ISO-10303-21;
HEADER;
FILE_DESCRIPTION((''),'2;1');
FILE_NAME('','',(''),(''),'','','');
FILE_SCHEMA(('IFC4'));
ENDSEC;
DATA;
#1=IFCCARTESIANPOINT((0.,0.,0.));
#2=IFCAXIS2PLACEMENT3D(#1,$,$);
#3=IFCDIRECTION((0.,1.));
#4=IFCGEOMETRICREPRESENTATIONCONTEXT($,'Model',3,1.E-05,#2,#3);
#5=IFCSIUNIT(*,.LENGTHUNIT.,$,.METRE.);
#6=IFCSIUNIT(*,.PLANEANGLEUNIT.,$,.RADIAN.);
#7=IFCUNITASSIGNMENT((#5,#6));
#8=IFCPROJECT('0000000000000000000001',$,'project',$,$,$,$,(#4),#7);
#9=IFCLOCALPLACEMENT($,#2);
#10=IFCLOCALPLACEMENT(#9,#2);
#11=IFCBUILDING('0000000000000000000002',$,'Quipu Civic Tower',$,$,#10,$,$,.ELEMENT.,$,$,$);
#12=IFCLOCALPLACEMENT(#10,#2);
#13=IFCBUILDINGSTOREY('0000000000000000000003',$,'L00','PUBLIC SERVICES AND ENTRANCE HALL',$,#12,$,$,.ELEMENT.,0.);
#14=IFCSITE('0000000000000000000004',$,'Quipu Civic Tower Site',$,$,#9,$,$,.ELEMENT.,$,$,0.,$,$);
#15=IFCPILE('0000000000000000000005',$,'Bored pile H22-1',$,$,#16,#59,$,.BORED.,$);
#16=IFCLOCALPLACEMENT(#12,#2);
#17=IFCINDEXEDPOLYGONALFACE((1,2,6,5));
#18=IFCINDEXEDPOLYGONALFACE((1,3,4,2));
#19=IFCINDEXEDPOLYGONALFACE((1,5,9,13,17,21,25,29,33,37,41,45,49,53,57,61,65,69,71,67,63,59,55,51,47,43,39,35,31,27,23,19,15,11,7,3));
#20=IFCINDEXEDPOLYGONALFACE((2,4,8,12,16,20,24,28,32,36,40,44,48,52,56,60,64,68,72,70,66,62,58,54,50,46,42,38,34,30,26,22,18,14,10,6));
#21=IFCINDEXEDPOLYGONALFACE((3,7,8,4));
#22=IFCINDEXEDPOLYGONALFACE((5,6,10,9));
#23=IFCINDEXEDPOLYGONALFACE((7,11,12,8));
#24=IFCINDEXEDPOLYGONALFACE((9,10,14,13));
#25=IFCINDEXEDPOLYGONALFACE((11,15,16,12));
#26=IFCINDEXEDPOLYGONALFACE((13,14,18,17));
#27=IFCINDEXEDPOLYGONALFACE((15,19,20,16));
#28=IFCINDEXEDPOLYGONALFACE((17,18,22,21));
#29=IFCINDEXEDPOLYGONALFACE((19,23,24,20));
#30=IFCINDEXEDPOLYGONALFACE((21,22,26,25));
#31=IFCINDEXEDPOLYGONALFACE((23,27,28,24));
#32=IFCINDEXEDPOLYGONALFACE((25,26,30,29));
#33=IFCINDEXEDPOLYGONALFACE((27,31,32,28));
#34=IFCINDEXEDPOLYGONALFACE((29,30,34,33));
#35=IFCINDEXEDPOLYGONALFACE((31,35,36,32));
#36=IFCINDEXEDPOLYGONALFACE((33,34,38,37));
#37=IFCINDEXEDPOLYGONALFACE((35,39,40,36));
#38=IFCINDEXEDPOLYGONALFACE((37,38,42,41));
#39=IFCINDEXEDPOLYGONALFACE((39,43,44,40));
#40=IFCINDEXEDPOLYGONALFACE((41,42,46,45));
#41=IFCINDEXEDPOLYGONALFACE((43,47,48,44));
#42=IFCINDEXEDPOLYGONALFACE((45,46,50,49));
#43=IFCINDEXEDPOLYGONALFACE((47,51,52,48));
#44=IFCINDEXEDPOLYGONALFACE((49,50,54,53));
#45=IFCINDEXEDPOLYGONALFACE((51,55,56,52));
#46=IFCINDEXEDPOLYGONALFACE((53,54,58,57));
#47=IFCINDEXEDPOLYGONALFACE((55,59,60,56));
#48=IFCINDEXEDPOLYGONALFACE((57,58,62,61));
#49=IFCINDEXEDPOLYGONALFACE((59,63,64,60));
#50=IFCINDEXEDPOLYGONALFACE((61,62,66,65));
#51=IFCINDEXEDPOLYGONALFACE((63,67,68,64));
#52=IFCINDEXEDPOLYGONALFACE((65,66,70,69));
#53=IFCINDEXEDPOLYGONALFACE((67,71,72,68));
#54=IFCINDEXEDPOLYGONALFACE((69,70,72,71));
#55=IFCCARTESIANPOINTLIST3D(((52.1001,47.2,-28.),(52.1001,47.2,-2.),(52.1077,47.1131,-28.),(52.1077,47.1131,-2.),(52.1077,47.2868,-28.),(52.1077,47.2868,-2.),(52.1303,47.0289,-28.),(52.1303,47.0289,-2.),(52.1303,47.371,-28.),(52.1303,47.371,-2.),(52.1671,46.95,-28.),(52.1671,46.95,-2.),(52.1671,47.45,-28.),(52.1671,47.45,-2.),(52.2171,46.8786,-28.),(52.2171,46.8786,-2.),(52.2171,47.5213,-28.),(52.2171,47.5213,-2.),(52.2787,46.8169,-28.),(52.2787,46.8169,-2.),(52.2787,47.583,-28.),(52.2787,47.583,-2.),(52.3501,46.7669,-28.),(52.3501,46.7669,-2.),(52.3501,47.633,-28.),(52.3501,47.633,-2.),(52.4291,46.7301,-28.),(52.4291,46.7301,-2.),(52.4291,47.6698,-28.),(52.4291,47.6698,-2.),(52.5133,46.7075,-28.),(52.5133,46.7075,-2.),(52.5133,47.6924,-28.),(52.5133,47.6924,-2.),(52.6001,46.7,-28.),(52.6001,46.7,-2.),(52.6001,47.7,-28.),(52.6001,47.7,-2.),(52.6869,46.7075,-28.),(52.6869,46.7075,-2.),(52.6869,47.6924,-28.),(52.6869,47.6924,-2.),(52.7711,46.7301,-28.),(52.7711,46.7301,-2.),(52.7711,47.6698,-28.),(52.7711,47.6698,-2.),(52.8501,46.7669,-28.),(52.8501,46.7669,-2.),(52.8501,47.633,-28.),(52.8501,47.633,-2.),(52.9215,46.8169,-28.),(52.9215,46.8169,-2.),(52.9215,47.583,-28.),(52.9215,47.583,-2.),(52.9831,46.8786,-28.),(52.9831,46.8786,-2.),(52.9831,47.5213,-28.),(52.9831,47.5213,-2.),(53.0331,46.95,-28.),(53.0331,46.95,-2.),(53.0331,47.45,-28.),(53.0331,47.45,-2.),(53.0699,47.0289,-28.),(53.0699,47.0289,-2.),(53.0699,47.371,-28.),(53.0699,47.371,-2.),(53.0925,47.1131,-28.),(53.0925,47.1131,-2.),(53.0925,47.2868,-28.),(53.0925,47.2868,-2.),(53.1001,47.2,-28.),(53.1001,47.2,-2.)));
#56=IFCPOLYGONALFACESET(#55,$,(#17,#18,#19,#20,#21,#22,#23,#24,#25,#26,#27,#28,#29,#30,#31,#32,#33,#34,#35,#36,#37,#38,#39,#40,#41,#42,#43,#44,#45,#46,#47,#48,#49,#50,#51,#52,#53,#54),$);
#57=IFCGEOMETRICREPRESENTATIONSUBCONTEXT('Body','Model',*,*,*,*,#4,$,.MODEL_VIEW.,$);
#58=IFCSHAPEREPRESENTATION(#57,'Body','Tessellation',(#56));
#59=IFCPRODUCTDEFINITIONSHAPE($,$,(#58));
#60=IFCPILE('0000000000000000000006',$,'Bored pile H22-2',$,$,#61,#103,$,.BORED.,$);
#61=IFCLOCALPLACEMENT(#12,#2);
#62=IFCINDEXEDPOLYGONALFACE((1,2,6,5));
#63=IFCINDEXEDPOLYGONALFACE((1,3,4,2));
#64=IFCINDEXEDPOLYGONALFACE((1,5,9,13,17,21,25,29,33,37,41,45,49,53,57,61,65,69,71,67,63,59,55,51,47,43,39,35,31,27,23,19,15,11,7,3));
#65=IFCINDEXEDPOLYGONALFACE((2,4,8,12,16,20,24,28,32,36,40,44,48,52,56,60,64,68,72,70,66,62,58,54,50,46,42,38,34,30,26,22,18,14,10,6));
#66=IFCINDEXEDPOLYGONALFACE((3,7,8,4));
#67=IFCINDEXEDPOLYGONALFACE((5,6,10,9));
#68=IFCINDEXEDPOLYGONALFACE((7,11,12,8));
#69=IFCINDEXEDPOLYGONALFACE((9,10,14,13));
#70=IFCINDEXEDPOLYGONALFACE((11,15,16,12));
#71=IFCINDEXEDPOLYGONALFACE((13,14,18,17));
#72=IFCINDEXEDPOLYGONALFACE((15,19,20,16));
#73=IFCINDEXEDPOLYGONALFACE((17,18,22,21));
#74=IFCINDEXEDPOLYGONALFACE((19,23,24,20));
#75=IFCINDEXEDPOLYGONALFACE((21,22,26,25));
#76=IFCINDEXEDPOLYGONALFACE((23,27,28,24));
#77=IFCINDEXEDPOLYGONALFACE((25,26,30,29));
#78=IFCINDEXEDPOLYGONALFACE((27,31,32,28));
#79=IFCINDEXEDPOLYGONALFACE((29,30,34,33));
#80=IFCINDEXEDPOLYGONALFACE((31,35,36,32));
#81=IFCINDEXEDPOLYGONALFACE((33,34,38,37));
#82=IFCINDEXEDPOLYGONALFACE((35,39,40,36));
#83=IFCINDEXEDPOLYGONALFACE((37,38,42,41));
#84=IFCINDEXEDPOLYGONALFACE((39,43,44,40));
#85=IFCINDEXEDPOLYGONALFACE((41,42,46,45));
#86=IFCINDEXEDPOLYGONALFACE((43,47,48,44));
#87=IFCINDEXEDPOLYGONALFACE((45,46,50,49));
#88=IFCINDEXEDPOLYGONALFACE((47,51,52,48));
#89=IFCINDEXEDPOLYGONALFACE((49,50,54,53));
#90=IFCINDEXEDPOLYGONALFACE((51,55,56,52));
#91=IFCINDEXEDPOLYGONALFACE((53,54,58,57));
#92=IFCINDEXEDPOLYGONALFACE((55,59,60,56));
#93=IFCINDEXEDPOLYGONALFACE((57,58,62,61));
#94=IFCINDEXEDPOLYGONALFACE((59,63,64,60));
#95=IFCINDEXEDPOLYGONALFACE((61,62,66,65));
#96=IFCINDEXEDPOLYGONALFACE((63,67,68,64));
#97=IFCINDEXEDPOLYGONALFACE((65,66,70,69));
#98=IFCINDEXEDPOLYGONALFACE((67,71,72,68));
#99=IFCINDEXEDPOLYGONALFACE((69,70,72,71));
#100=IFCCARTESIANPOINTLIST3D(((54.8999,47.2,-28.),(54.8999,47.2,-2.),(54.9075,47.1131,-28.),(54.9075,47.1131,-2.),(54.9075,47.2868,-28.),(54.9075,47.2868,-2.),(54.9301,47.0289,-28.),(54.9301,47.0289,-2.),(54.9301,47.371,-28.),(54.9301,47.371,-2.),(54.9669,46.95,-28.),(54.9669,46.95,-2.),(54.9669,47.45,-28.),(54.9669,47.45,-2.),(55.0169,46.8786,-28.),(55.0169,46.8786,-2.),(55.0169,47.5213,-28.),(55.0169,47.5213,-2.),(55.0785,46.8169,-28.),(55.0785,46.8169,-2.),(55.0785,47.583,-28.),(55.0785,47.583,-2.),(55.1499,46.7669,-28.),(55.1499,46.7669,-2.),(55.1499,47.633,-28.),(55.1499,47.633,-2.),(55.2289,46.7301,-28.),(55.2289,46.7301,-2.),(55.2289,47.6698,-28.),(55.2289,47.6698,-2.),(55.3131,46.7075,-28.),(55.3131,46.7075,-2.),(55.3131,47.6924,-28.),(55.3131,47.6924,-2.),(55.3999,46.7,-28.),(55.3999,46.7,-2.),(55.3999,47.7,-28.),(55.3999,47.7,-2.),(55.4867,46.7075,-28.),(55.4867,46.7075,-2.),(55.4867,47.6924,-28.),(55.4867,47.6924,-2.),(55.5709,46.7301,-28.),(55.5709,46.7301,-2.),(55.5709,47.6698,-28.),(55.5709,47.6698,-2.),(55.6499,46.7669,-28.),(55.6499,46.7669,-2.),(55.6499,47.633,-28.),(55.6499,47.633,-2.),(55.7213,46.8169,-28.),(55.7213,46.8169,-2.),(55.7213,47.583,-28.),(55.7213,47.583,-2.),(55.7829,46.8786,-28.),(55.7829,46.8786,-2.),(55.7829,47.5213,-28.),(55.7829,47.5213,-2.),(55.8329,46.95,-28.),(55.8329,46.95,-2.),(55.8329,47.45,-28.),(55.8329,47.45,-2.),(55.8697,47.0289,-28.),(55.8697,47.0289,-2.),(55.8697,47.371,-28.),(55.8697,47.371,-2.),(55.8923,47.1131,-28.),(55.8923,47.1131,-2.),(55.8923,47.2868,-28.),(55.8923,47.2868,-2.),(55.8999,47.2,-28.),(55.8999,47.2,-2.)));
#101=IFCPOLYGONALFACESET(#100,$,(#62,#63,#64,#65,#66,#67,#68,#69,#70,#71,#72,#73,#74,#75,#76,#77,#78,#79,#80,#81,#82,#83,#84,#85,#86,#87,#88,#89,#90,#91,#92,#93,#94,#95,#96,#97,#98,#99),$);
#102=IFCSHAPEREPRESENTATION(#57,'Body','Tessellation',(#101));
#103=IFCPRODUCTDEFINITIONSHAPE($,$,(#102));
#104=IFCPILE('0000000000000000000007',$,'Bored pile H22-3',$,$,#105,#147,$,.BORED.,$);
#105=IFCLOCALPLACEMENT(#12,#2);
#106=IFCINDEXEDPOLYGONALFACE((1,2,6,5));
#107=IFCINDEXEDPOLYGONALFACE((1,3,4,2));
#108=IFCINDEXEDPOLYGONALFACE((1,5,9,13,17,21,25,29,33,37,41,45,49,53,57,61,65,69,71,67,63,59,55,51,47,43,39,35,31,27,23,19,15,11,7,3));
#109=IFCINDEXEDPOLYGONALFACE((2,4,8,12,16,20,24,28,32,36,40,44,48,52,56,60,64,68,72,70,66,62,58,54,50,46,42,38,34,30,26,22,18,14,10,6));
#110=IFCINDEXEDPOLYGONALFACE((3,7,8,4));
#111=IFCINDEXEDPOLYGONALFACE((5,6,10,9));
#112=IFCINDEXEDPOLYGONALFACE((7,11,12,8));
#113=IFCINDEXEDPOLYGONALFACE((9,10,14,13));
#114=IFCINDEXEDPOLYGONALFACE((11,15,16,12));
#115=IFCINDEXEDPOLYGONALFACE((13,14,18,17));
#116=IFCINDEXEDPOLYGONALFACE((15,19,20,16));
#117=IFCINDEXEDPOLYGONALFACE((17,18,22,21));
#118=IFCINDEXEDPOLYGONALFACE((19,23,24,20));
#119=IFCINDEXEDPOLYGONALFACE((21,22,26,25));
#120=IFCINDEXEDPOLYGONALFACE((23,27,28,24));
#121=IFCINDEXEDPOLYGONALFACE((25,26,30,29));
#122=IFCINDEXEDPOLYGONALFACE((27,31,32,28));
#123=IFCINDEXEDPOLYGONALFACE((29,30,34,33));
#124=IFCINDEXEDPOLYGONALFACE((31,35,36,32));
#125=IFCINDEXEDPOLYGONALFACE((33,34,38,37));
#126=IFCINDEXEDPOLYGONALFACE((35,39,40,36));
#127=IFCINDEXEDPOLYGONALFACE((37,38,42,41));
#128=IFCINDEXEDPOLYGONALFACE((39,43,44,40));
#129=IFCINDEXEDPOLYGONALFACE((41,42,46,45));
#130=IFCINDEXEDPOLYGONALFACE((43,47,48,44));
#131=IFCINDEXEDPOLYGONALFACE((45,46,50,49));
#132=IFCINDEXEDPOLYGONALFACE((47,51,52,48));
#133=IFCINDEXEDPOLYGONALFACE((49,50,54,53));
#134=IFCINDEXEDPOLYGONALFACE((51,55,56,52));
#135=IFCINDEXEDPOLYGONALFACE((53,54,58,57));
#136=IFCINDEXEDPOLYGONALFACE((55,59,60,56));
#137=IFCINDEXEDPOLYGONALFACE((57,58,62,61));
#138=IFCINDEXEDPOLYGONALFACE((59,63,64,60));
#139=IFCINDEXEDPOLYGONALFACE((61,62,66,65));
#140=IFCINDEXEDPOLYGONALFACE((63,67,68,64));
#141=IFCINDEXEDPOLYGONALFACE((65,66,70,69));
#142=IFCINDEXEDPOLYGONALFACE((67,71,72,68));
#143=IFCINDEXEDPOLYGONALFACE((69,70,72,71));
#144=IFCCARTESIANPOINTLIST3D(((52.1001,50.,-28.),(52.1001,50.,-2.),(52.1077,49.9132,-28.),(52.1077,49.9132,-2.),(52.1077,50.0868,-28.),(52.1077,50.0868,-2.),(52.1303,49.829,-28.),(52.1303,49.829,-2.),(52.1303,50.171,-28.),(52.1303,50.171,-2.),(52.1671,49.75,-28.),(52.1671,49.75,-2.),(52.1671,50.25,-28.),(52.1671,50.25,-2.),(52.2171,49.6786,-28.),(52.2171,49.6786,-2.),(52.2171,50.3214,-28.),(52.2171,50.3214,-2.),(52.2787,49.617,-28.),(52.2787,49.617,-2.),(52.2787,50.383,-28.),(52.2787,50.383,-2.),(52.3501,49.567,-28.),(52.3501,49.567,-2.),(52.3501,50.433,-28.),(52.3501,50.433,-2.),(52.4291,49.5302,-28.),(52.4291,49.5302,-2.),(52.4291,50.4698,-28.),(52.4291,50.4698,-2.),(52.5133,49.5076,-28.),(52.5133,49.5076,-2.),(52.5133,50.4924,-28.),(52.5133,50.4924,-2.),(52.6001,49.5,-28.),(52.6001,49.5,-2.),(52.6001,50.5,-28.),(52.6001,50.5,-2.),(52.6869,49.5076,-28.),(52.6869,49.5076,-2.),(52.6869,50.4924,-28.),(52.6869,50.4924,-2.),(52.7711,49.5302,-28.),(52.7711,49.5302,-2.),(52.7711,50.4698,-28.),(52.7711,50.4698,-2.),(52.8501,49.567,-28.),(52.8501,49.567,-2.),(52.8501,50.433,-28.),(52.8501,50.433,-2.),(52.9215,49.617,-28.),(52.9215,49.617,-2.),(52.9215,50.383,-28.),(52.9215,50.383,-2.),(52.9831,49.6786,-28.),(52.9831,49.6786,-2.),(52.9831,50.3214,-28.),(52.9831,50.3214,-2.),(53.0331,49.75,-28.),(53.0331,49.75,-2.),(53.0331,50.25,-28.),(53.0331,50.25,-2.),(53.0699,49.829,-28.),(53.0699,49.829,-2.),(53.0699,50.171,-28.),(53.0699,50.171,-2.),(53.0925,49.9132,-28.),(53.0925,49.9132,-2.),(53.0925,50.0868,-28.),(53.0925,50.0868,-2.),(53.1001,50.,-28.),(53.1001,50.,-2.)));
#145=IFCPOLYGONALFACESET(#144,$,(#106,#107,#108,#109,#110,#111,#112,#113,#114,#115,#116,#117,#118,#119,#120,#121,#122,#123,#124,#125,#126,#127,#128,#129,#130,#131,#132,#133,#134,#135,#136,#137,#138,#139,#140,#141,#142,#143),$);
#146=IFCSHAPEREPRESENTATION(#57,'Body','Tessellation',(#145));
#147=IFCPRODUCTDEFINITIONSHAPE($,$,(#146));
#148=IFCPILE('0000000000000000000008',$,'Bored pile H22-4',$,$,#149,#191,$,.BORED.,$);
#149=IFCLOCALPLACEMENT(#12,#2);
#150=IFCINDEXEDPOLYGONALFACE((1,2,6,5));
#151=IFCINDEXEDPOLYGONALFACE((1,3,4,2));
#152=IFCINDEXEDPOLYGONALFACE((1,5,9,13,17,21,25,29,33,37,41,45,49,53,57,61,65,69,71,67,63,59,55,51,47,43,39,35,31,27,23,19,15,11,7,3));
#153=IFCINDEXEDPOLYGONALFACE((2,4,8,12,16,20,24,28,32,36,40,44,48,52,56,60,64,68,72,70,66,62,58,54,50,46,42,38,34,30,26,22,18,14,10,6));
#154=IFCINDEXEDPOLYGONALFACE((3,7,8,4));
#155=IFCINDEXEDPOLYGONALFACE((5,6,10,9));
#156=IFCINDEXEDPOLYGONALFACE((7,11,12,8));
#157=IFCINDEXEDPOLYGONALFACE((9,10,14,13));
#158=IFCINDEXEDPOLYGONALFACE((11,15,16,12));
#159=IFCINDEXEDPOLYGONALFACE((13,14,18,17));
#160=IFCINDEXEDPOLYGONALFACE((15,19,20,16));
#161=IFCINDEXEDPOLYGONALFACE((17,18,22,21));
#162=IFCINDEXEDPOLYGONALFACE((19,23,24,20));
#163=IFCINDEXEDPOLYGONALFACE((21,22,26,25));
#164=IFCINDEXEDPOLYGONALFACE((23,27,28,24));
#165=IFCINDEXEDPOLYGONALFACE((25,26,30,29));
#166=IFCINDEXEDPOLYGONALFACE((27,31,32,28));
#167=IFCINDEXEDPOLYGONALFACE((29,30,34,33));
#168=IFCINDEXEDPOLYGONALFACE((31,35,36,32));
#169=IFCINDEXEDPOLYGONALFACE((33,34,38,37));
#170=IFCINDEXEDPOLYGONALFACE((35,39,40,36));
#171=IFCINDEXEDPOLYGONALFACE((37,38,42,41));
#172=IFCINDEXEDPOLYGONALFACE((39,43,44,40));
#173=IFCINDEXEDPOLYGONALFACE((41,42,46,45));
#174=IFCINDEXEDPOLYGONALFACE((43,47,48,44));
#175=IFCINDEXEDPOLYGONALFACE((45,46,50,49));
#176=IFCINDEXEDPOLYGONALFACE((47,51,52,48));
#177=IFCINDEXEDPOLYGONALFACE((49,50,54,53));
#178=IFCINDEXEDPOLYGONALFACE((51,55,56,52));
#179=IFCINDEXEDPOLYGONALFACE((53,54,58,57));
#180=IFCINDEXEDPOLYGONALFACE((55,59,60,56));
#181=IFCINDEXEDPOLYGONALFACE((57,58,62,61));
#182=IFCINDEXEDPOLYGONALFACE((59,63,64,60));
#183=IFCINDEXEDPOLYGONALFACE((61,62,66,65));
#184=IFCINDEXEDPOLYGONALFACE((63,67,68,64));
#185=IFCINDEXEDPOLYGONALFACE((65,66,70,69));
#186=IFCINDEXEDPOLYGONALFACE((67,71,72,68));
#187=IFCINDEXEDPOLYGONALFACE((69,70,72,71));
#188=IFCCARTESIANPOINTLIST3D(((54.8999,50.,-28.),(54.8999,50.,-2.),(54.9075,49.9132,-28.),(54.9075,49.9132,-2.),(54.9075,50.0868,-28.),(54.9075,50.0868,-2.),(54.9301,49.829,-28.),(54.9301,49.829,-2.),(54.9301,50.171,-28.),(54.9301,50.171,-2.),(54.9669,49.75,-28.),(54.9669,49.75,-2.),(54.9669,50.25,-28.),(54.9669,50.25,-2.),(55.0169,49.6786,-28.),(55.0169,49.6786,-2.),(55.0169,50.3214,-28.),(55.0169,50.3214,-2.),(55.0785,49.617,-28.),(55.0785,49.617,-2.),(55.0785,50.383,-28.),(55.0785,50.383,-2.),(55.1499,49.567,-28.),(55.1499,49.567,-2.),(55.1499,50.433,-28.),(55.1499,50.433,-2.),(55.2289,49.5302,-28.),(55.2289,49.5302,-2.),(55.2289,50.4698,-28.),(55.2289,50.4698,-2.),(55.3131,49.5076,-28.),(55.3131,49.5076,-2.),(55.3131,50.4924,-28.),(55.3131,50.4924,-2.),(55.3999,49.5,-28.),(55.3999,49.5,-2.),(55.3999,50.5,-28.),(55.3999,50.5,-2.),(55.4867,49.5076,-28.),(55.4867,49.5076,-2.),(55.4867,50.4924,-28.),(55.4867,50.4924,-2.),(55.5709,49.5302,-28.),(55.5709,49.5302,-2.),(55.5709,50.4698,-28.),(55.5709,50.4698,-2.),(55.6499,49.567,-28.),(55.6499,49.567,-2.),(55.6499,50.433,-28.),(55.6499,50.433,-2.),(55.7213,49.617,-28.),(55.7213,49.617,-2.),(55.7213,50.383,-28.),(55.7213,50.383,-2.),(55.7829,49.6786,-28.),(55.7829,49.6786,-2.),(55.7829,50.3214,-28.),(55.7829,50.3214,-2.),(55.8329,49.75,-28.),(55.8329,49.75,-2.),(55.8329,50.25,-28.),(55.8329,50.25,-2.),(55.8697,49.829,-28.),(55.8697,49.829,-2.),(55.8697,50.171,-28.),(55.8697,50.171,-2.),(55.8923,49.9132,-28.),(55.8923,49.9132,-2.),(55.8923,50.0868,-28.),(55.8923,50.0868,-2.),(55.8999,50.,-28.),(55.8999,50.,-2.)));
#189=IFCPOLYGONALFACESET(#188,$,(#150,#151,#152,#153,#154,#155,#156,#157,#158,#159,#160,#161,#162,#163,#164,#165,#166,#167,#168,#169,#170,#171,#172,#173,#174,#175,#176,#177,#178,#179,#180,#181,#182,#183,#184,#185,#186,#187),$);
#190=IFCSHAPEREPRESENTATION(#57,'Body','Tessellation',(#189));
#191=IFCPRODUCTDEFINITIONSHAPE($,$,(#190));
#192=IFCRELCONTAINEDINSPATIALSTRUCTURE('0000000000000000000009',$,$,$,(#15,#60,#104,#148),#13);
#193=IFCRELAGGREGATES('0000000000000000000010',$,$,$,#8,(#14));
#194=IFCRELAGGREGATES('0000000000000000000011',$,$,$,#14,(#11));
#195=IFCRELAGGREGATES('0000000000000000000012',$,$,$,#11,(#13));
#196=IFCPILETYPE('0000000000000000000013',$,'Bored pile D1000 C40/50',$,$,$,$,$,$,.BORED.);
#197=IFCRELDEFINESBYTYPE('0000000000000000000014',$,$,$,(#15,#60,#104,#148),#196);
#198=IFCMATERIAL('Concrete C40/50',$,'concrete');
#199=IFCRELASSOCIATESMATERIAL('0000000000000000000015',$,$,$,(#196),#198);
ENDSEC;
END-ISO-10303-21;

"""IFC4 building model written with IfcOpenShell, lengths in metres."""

from ifc_helpers import new_model, si_unit, direction, frame, origin, origin_2d, place, context, subcontext, project, spatial, circle, extrude, material, material_profile, profile_set, type_object, element, save


model = new_model("IFC4")

# Units and contexts
model_context = context("Model", 3, precision=1e-05, world=origin(), true_north=direction((0.0, 1.0)))
body_context = subcontext(model_context, "Body", "Model", "MODEL_VIEW")
ifc_project = project(units=[si_unit("LENGTHUNIT", "METRE"), si_unit("PLANEANGLEUNIT", "RADIAN")], contexts=[model_context])

# Site, building, storey
site_placement = place(None, origin())
site = spatial("IfcSite", under=ifc_project, at=site_placement, Name="Quipu Civic Tower Site", CompositionType="ELEMENT", RefElevation=0.0)
building_placement = place(site_placement, origin())
building = spatial("IfcBuilding", under=site, at=building_placement, Name="Quipu Civic Tower", CompositionType="ELEMENT")
storey_placement = place(building_placement, origin())
storey = spatial("IfcBuildingStorey", under=building, at=storey_placement, Name="L00", Description="PUBLIC SERVICES AND ENTRANCE HALL", CompositionType="ELEMENT", Elevation=0.0)

# Piles
ifc_material_1 = material(Name="Concrete C40/50", Category="concrete")
ifc_material_profile_1 = material_profile(ifc_material_1, circle(Radius=0.5, at=origin_2d()), Name="RCD1000")
ifc_profile_set_1 = profile_set([ifc_material_profile_1], Name="Concrete C40/50")
pile_type = type_object("IfcPileType", Name="Bored pile D1000 C40/50", PredefinedType="BORED", material=ifc_profile_set_1)
for number, where, z_axis, x_axis, name in (
    (1, (52.6001, 47.2, -2.0), (0.0, 0.0, -1.0), (1.0, 0.0, 0.0), "Bored pile H22-1"),
    (2, (55.3999, 47.2, -2.0), (0.0, 0.0, -1.0), (1.0, 0.0, 0.0), "Bored pile H22-2"),
    (3, (52.6001, 50.0, -2.0), (0.0, 0.0, -1.0), (1.0, 0.0, 0.0), "Bored pile H22-3"),
    (4, (55.3999, 50.0, -2.0), (0.0, 0.0, -1.0), (1.0, 0.0, 0.0), "Bored pile H22-4"),
):
    element("IfcPile", number, at=place(storey_placement, frame(where, z_axis=z_axis, x_axis=x_axis)), inside=storey, type_object=pile_type, Name=name, PredefinedType="BORED", context=body_context, shape_type="SweptSolid", body=[
        extrude(circle(Radius=0.5, at=origin_2d()), origin(), (0.0, 0.0, 1.0), 26.0),
    ])

save(model, "model.ifc")
